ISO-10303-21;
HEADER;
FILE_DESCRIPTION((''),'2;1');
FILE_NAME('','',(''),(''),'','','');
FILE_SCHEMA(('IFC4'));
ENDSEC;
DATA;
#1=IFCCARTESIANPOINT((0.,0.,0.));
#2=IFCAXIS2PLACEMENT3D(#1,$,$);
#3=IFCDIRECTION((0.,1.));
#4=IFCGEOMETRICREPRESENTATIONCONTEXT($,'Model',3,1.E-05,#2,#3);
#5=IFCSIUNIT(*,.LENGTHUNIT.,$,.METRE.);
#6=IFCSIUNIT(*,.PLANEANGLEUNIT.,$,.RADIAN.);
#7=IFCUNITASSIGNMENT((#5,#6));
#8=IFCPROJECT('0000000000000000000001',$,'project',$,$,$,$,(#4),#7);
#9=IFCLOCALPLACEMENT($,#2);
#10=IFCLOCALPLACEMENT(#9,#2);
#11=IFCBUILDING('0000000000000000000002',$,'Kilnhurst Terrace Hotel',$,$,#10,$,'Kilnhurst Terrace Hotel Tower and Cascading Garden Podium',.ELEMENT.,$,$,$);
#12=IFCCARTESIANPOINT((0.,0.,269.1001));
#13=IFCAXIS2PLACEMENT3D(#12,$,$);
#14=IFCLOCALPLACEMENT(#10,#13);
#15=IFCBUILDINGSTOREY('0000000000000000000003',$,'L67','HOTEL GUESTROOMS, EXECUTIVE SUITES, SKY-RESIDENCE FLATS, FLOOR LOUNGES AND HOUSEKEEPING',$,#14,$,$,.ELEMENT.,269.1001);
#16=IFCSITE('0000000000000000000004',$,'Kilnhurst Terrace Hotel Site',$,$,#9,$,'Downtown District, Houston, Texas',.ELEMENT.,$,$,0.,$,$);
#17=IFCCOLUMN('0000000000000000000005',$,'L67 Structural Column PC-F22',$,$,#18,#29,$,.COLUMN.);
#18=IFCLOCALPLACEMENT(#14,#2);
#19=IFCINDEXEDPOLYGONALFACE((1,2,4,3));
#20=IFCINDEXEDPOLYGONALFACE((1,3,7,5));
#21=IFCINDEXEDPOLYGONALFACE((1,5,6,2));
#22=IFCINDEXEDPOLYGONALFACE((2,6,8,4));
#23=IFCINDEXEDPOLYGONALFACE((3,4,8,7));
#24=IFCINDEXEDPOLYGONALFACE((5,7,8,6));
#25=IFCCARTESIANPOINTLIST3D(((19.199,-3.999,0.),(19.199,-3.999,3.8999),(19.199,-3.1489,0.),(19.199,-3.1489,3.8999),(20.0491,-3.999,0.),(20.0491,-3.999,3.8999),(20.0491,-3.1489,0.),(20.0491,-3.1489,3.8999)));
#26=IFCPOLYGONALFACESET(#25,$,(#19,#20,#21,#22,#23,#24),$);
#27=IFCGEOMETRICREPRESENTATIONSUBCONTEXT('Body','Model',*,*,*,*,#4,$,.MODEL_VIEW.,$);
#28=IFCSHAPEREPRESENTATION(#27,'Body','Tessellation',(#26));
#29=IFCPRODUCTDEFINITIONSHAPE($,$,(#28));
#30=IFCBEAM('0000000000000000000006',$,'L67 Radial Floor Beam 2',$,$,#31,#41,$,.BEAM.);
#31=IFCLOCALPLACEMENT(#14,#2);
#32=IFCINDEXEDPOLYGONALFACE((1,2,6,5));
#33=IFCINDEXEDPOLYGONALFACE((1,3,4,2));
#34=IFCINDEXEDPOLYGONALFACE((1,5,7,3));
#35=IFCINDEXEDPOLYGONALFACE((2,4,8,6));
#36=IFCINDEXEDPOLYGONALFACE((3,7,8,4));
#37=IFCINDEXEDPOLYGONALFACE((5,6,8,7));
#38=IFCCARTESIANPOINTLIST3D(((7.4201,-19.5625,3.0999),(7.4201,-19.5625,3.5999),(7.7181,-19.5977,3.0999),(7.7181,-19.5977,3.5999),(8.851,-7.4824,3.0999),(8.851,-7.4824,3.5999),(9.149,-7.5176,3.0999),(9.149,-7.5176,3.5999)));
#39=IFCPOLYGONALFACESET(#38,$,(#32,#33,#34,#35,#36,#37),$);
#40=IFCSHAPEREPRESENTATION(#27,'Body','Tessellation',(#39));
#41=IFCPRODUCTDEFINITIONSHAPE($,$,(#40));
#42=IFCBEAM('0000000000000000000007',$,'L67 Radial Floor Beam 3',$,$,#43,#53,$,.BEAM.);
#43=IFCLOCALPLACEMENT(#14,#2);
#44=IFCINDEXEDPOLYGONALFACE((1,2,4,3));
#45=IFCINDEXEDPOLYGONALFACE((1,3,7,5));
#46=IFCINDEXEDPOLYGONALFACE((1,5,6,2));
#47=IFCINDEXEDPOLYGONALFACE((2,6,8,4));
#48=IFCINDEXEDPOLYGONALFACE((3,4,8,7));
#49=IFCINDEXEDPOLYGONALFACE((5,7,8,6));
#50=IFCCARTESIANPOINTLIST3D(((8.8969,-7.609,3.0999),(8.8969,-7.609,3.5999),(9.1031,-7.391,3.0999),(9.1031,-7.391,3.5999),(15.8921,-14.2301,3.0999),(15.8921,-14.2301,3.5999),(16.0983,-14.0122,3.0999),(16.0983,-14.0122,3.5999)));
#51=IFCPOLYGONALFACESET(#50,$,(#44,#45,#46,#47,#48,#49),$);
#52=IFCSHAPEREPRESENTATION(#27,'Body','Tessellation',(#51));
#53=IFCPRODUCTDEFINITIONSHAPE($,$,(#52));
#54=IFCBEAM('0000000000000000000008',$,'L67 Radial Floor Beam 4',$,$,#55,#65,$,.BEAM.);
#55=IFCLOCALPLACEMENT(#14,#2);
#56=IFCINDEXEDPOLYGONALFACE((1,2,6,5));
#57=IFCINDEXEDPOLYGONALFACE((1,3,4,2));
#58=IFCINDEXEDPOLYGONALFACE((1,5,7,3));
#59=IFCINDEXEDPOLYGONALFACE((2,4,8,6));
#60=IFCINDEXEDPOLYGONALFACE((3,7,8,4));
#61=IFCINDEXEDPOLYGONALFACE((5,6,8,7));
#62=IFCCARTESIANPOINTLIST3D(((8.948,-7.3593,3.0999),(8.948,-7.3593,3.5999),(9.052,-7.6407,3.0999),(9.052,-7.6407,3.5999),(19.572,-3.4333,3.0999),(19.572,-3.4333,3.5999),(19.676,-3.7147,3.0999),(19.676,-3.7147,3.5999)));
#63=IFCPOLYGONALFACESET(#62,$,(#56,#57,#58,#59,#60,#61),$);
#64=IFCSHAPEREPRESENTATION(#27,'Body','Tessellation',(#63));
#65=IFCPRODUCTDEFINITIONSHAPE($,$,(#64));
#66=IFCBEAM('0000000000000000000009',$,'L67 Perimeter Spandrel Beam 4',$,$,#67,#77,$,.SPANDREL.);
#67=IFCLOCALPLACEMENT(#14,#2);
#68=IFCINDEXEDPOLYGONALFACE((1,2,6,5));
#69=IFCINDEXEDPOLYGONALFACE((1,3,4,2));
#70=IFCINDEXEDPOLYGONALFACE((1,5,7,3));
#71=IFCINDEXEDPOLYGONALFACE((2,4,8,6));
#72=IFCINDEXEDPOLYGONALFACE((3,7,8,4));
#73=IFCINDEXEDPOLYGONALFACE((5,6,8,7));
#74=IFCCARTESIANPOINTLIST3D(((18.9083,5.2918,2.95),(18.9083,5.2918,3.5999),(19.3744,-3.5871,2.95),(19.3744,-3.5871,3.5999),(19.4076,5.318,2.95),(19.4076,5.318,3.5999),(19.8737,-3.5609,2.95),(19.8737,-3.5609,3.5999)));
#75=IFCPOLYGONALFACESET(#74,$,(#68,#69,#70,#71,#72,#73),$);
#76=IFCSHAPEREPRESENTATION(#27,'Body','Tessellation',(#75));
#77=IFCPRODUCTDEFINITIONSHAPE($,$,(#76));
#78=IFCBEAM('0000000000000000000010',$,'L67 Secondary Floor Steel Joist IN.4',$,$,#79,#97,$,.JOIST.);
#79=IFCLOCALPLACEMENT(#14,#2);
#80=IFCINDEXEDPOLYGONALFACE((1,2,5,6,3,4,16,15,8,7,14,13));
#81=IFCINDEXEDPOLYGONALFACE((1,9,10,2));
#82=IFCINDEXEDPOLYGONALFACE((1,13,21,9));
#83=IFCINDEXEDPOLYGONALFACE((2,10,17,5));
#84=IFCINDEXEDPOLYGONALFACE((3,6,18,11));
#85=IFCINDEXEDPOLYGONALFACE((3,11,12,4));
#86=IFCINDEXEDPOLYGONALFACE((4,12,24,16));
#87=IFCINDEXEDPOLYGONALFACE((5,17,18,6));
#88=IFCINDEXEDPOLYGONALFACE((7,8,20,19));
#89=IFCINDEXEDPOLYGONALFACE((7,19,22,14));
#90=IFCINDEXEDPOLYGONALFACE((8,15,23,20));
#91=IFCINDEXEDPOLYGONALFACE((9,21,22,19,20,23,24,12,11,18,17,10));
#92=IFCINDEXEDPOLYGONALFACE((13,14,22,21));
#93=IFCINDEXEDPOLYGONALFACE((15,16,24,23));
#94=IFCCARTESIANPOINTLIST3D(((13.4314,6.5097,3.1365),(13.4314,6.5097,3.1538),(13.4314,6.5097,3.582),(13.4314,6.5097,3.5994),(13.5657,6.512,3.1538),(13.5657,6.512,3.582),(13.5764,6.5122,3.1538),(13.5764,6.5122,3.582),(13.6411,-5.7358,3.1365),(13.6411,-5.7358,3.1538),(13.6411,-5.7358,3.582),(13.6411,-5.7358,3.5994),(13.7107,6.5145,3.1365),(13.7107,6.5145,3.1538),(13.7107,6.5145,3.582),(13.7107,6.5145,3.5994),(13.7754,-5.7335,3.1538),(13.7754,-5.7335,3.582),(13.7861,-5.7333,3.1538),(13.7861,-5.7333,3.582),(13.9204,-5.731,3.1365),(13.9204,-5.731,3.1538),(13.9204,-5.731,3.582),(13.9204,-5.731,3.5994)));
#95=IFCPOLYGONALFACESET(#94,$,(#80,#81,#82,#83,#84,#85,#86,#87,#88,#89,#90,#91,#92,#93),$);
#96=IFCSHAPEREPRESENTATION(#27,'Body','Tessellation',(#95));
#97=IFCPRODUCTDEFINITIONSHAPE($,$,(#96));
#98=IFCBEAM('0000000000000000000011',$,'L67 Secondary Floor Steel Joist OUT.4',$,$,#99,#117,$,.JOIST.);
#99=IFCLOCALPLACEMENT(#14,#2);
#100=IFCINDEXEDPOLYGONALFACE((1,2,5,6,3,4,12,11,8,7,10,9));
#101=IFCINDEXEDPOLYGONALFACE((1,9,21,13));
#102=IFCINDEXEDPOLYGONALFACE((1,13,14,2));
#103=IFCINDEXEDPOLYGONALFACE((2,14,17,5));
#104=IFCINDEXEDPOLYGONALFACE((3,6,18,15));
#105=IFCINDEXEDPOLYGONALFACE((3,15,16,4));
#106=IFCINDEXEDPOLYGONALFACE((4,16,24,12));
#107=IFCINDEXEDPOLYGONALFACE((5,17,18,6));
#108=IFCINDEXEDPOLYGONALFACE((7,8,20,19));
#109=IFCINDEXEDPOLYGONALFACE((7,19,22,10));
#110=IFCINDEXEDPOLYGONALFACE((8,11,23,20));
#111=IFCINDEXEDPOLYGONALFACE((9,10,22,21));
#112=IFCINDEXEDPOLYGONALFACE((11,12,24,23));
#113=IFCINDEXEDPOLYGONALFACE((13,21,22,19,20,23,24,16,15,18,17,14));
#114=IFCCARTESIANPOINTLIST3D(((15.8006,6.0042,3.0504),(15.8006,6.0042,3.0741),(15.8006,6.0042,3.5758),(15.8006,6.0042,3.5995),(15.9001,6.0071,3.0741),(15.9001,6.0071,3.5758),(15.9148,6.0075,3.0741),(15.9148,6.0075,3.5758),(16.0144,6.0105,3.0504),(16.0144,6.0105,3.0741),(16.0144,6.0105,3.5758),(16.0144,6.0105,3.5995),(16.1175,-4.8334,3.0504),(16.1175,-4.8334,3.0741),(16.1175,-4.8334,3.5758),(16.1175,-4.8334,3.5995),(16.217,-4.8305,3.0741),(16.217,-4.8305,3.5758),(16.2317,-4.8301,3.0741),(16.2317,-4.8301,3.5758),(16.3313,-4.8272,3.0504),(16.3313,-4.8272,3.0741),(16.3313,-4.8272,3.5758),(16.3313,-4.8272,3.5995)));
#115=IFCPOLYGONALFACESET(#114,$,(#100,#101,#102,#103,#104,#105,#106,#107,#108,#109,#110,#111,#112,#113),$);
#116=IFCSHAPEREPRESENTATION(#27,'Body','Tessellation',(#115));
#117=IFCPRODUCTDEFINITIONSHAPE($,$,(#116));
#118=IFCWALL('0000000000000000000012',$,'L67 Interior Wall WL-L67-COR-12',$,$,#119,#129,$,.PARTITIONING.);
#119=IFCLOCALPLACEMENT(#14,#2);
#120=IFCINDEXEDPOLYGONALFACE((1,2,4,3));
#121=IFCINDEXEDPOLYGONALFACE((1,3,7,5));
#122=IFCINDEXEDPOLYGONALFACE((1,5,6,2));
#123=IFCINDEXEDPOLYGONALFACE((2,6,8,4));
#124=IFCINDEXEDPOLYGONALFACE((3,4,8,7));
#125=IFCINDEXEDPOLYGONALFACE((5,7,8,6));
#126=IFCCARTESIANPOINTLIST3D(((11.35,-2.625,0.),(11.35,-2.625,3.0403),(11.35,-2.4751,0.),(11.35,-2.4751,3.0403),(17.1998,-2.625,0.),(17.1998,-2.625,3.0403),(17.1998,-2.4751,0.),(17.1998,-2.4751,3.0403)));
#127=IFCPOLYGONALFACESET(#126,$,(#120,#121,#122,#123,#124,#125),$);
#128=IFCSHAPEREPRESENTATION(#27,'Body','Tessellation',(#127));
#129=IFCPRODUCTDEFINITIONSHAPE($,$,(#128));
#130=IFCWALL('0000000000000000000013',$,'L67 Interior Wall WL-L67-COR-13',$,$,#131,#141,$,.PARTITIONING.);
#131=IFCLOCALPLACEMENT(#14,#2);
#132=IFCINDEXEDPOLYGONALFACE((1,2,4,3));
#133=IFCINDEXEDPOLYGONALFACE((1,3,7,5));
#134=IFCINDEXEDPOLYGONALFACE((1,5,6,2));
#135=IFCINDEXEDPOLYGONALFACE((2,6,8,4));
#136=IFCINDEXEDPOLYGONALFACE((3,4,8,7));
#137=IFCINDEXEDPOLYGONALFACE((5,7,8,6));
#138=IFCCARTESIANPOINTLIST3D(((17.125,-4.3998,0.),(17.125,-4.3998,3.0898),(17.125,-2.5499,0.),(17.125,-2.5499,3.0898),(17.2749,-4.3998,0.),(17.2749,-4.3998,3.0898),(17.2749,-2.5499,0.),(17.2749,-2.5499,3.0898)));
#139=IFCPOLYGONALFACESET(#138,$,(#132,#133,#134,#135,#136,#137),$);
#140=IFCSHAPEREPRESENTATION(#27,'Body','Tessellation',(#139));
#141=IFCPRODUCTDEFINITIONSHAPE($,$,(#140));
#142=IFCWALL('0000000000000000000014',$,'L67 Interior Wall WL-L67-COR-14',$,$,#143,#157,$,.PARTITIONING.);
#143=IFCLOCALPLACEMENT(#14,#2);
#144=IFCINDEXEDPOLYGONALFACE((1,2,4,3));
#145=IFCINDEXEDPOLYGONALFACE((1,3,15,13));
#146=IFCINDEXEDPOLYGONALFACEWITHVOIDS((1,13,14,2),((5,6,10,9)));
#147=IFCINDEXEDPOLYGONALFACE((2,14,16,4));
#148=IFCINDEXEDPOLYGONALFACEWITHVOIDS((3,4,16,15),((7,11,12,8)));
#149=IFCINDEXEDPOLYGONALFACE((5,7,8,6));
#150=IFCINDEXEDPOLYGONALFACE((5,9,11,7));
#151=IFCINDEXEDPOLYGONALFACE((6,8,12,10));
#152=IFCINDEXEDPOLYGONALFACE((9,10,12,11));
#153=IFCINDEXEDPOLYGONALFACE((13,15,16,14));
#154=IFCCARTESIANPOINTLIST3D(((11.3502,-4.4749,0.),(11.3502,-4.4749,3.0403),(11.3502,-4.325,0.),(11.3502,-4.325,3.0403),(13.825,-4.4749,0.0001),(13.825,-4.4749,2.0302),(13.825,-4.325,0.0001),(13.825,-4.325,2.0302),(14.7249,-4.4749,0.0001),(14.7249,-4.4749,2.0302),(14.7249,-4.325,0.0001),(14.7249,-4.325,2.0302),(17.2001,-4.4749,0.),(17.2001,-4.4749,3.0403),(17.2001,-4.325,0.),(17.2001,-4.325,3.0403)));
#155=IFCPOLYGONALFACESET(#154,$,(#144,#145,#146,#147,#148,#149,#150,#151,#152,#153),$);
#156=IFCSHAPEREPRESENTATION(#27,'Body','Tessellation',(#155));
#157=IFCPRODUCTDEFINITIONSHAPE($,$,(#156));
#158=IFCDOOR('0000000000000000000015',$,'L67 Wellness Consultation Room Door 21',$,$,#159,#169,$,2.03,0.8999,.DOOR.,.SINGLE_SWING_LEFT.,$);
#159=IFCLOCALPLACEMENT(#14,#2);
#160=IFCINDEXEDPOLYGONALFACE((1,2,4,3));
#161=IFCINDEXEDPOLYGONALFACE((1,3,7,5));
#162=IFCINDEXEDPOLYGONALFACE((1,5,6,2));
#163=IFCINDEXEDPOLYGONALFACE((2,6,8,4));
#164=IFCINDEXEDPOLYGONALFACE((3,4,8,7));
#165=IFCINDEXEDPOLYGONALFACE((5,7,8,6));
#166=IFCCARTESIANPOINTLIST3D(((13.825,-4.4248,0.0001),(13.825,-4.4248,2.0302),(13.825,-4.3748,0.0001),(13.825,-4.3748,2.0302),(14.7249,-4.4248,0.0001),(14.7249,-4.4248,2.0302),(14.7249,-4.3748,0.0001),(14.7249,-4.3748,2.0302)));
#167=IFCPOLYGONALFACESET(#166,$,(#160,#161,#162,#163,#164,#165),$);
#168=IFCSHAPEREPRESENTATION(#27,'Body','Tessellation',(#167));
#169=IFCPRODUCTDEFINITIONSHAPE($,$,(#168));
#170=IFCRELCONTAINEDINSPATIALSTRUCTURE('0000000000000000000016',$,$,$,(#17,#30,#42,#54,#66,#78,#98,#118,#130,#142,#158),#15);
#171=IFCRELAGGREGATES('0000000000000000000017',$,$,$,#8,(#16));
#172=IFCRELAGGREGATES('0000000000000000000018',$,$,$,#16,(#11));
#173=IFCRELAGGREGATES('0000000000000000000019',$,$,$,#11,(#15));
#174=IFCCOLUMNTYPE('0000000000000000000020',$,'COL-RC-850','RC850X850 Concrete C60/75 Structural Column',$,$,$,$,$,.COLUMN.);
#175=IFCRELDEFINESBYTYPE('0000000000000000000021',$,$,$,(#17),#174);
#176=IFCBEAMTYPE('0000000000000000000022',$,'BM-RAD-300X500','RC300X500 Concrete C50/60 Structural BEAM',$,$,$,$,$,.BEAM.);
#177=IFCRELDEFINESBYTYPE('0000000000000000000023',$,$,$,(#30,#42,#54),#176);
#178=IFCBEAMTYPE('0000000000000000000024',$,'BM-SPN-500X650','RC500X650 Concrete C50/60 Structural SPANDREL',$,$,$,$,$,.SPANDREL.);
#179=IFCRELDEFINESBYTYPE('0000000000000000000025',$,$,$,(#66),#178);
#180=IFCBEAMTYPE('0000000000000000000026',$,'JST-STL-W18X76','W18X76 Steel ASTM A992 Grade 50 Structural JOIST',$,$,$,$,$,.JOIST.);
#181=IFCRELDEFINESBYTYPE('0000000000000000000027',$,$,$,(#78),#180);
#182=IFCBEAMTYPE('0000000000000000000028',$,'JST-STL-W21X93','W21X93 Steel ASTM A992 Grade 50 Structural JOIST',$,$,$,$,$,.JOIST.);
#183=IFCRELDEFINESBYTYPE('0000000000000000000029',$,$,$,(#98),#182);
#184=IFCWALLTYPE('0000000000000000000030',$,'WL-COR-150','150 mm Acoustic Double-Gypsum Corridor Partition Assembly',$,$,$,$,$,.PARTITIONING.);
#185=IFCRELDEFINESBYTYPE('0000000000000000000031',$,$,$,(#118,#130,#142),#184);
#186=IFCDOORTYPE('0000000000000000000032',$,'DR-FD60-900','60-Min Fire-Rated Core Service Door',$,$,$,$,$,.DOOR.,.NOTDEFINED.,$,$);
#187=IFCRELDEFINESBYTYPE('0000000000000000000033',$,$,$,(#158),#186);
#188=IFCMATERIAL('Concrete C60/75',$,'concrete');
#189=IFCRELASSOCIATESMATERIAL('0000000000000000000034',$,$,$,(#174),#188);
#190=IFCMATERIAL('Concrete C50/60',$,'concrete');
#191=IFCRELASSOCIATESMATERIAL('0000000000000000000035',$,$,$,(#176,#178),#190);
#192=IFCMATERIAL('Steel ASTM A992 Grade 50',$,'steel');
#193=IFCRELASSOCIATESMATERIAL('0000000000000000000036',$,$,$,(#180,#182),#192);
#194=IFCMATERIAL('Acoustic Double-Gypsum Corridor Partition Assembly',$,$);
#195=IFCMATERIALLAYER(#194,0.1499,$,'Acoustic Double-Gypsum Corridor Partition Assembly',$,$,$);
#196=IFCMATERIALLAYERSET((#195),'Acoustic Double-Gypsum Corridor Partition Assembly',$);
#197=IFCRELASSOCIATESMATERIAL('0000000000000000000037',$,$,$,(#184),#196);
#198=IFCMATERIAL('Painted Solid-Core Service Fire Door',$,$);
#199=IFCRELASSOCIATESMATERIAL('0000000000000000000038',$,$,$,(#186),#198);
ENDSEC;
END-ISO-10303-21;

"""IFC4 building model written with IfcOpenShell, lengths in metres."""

from ifc_helpers import new_model, si_unit, direction, frame, frame_2d, origin, origin_2d, place, context, subcontext, project, spatial, rectangle, i_section, extrude, material, layer, layer_set, material_profile, profile_set, type_object, element, fill, save


model = new_model("IFC4")

# Units and contexts
model_context = context("Model", 3, precision=1e-05, world=origin(), true_north=direction((0.0, 1.0)))
body_context = subcontext(model_context, "Body", "Model", "MODEL_VIEW")
ifc_project = project(units=[si_unit("LENGTHUNIT", "METRE"), si_unit("PLANEANGLEUNIT", "RADIAN")], contexts=[model_context])

# Site, building, storey
site_placement = place(None, origin())
site = spatial("IfcSite", under=ifc_project, at=site_placement, Name="Kilnhurst Terrace Hotel Site", LongName="Downtown District, Houston, Texas", CompositionType="ELEMENT", RefElevation=0.0)
building_placement = place(site_placement, origin())
building = spatial("IfcBuilding", under=site, at=building_placement, Name="Kilnhurst Terrace Hotel", LongName="Kilnhurst Terrace Hotel Tower and Cascading Garden Podium", CompositionType="ELEMENT")
storey_placement = place(building_placement, frame((0.0, 0.0, 269.1001)))
storey = spatial("IfcBuildingStorey", under=building, at=storey_placement, Name="L67", Description="HOTEL GUESTROOMS, EXECUTIVE SUITES, SKY-RESIDENCE FLATS, FLOOR LOUNGES AND HOUSEKEEPING", CompositionType="ELEMENT", Elevation=269.1001)

# Column
ifc_material_1 = material(Name="Concrete C60/75", Category="concrete")
ifc_material_profile_1 = material_profile(ifc_material_1, rectangle(XDim=0.8501, YDim=0.8501, at=origin_2d()), Name="RC850X850")
ifc_profile_set_1 = profile_set([ifc_material_profile_1], Name="Concrete C60/75")
column_type = type_object("IfcColumnType", Name="COL-RC-850", Description="RC850X850 Concrete C60/75 Structural Column", PredefinedType="COLUMN", material=ifc_profile_set_1)
column_placement = place(storey_placement, frame((19.624, -3.574, 0.0), z_axis=(0.0, 0.0, 1.0), x_axis=(1.0, 0.0, 0.0)))
element("IfcColumn", 1, at=column_placement, inside=storey, type_object=column_type, Name="L67 Structural Column PC-F22", PredefinedType="COLUMN", context=body_context, shape_type="SweptSolid", body=[
    extrude(rectangle(XDim=0.8501, YDim=0.8501, at=origin_2d()), origin(), (0.0, 0.0, 1.0), 3.8999),
])

# Beams
ifc_material_2 = material(Name="Concrete C50/60", Category="concrete")
ifc_material_profile_2 = material_profile(ifc_material_2, rectangle(XDim=0.3, YDim=0.5, at=origin_2d()), Name="RC300X500")
ifc_profile_set_2 = profile_set([ifc_material_profile_2], Name="Concrete C50/60")
beam_type_1 = type_object("IfcBeamType", Name="BM-RAD-300X500", Description="RC300X500 Concrete C50/60 Structural BEAM", PredefinedType="BEAM", material=ifc_profile_set_2)
beam_1_placement = place(storey_placement, frame((9.0, -7.5, 3.3499), z_axis=(-0.11763, -0.993058, 0.0), x_axis=(0.993058, -0.11763, 0.0)))
element("IfcBeam", 2, at=beam_1_placement, inside=storey, type_object=beam_type_1, Name="L67 Radial Floor Beam 2", PredefinedType="BEAM", context=body_context, shape_type="SweptSolid", body=[
    extrude(rectangle(XDim=0.3, YDim=0.5, at=origin_2d()), origin(), (0.0, 0.0, 1.0), 12.1646),
])
beam_2_placement = place(storey_placement, frame((9.0, -7.5, 3.3499), z_axis=(0.726256, -0.687424, 0.0), x_axis=(0.687424, 0.726256, 0.0)))
element("IfcBeam", 3, at=beam_2_placement, inside=storey, type_object=beam_type_1, Name="L67 Radial Floor Beam 3", PredefinedType="BEAM", context=body_context, shape_type="SweptSolid", body=[
    extrude(rectangle(XDim=0.3, YDim=0.5, at=origin_2d()), origin(), (0.0, 0.0, 1.0), 9.6318),
])
beam_3_placement = place(storey_placement, frame((9.0, -7.5, 3.3499), z_axis=(0.938002, 0.346631, 0.0), x_axis=(-0.346631, 0.938002, 0.0)))
element("IfcBeam", 4, at=beam_3_placement, inside=storey, type_object=beam_type_1, Name="L67 Radial Floor Beam 4", PredefinedType="BEAM", context=body_context, shape_type="SweptSolid", body=[
    extrude(rectangle(XDim=0.3, YDim=0.5, at=origin_2d()), origin(), (0.0, 0.0, 1.0), 11.3262),
])
ifc_material_profile_3 = material_profile(ifc_material_2, rectangle(XDim=0.5, YDim=0.6499, at=origin_2d()), Name="RC500X650")
ifc_profile_set_3 = profile_set([ifc_material_profile_3], Name="Concrete C50/60")
beam_type_2 = type_object("IfcBeamType", Name="BM-SPN-500X650", Description="RC500X650 Concrete C50/60 Structural SPANDREL", PredefinedType="SPANDREL", material=ifc_profile_set_3)
beam_4_placement = place(storey_placement, frame((19.624, -3.574, 3.2749), z_axis=(-0.052419, 0.998625, 0.0), x_axis=(-0.998625, -0.052419, 0.0)))
element("IfcBeam", 5, at=beam_4_placement, inside=storey, type_object=beam_type_2, Name="L67 Perimeter Spandrel Beam 4", PredefinedType="SPANDREL", context=body_context, shape_type="SweptSolid", body=[
    extrude(rectangle(XDim=0.5, YDim=0.6499, at=origin_2d()), origin(), (0.0, 0.0, 1.0), 8.8911),
])
ifc_material_3 = material(Name="Steel ASTM A992 Grade 50", Category="steel")
ifc_material_profile_4 = material_profile(ifc_material_3, i_section(OverallWidth=0.2793, OverallDepth=0.4629, WebThickness=0.0107, FlangeThickness=0.0173, at=origin_2d()), Name="W18X76")
ifc_profile_set_4 = profile_set([ifc_material_profile_4], Name="Steel ASTM A992 Grade 50")
beam_type_3 = type_object("IfcBeamType", Name="JST-STL-W18X76", Description="W18X76 Steel ASTM A992 Grade 50 Structural JOIST", PredefinedType="JOIST", material=ifc_profile_set_4)
beam_5_placement = place(storey_placement, frame((13.7808, -5.7334, 3.3679), z_axis=(-0.017123, 0.999853, 0.0), x_axis=(-0.999853, -0.017123, 0.0)))
element("IfcBeam", 6, at=beam_5_placement, inside=storey, type_object=beam_type_3, Name="L67 Secondary Floor Steel Joist IN.4", PredefinedType="JOIST", context=body_context, shape_type="SweptSolid", body=[
    extrude(i_section(OverallWidth=0.2793, OverallDepth=0.4629, WebThickness=0.0107, FlangeThickness=0.0173, at=origin_2d()), origin(), (0.0, 0.0, 1.0), 12.2473),
])
ifc_material_profile_5 = material_profile(ifc_material_3, i_section(OverallWidth=0.2139, OverallDepth=0.5491, WebThickness=0.0146, FlangeThickness=0.0237, at=origin_2d()), Name="W21X93")
ifc_profile_set_5 = profile_set([ifc_material_profile_5], Name="Steel ASTM A992 Grade 50")
beam_type_4 = type_object("IfcBeamType", Name="JST-STL-W21X93", Description="W21X93 Steel ASTM A992 Grade 50 Structural JOIST", PredefinedType="JOIST", material=ifc_profile_set_5)
beam_6_placement = place(storey_placement, frame((16.2244, -4.8303, 3.325), z_axis=(-0.029228, 0.999573, 0.0), x_axis=(-0.999573, -0.029228, 0.0)))
element("IfcBeam", 7, at=beam_6_placement, inside=storey, type_object=beam_type_4, Name="L67 Secondary Floor Steel Joist OUT.4", PredefinedType="JOIST", context=body_context, shape_type="SweptSolid", body=[
    extrude(i_section(OverallWidth=0.2139, OverallDepth=0.5491, WebThickness=0.0146, FlangeThickness=0.0237, at=origin_2d()), origin(), (0.0, 0.0, 1.0), 10.8423),
])

# Walls
ifc_material_4 = material(Name="Acoustic Double-Gypsum Corridor Partition Assembly")
ifc_layer_1 = layer(ifc_material_4, 0.1499, Name="Acoustic Double-Gypsum Corridor Partition Assembly")
ifc_layer_set_1 = layer_set([ifc_layer_1], Name="Acoustic Double-Gypsum Corridor Partition Assembly")
wall_type_1 = type_object("IfcWallType", Name="WL-COR-150", Description="150 mm Acoustic Double-Gypsum Corridor Partition Assembly", PredefinedType="PARTITIONING", material=ifc_layer_set_1)
wall_1_placement = place(storey_placement, frame((11.3501, -2.55, 0.0), z_axis=(0.0, 0.0, 1.0), x_axis=(1.0, 0.0, 0.0)))
element("IfcWall", 8, at=wall_1_placement, inside=storey, type_object=wall_type_1, Name="L67 Interior Wall WL-L67-COR-12", PredefinedType="PARTITIONING", context=body_context, shape_type="SweptSolid", body=[
    extrude(rectangle(XDim=5.8499, YDim=0.1499, at=frame_2d((2.9248, 0.0))), origin(), (0.0, 0.0, 1.0), 3.0403),
])
wall_2_placement = place(storey_placement, frame((17.2, -2.55, 0.0), z_axis=(0.0, 0.0, 1.0), x_axis=(0.0, -1.0, 0.0)))
element("IfcWall", 9, at=wall_2_placement, inside=storey, type_object=wall_type_1, Name="L67 Interior Wall WL-L67-COR-13", PredefinedType="PARTITIONING", context=body_context, shape_type="SweptSolid", body=[
    extrude(rectangle(XDim=1.8499, YDim=0.1499, at=frame_2d((0.9248, 0.0))), origin(), (0.0, 0.0, 1.0), 3.0898),
])

# Wall, opening, door
wall_3_placement = place(storey_placement, frame((17.2, -4.3999, 0.0), z_axis=(0.0, 0.0, 1.0), x_axis=(-1.0, 0.0, 0.0)))
wall_3 = element("IfcWall", 10, at=wall_3_placement, inside=storey, type_object=wall_type_1, Name="L67 Interior Wall WL-L67-COR-14", PredefinedType="PARTITIONING", context=body_context, shape_type="SweptSolid", body=[
    extrude(rectangle(XDim=5.8499, YDim=0.1499, at=frame_2d((2.9248, 0.0))), origin(), (0.0, 0.0, 1.0), 3.0403),
])
opening_1_placement = place(wall_3_placement, frame((2.4751, 0.0, 0.0)))
opening_1 = element("IfcOpeningElement", 11, at=opening_1_placement, cuts=wall_3, PredefinedType="OPENING", context=body_context, shape_type="SweptSolid", body=[
    extrude(rectangle(XDim=0.8999, YDim=2.03, at=frame_2d((0.45, 1.0151))), frame((0.0, 0.085, 0.0), z_axis=(0.0, -1.0, 0.0), x_axis=(1.0, 0.0, 0.0)), (0.0, 0.0, 1.0), 0.1699),
])
ifc_material_5 = material(Name="Painted Solid-Core Service Fire Door")
door_type_1 = type_object("IfcDoorType", Name="DR-FD60-900", Description="60-Min Fire-Rated Core Service Door", OperationType="NOTDEFINED", PredefinedType="DOOR", material=ifc_material_5)
door_1_placement = place(opening_1_placement, origin())
door_1 = element("IfcDoor", 12, at=door_1_placement, inside=storey, type_object=door_type_1, Name="L67 Wellness Consultation Room Door 21", OperationType="SINGLE_SWING_LEFT", OverallHeight=2.03, OverallWidth=0.8999, PredefinedType="DOOR", context=body_context, shape_type="SweptSolid", body=[
    extrude(rectangle(XDim=0.8999, YDim=2.03, at=frame_2d((0.45, 1.0151))), frame((0.0, 0.0249, 0.0), z_axis=(0.0, -1.0, 0.0), x_axis=(1.0, 0.0, 0.0)), (0.0, 0.0, 1.0), 0.05),
])
fill(opening_1, door_1)

save(model, "model.ifc")
